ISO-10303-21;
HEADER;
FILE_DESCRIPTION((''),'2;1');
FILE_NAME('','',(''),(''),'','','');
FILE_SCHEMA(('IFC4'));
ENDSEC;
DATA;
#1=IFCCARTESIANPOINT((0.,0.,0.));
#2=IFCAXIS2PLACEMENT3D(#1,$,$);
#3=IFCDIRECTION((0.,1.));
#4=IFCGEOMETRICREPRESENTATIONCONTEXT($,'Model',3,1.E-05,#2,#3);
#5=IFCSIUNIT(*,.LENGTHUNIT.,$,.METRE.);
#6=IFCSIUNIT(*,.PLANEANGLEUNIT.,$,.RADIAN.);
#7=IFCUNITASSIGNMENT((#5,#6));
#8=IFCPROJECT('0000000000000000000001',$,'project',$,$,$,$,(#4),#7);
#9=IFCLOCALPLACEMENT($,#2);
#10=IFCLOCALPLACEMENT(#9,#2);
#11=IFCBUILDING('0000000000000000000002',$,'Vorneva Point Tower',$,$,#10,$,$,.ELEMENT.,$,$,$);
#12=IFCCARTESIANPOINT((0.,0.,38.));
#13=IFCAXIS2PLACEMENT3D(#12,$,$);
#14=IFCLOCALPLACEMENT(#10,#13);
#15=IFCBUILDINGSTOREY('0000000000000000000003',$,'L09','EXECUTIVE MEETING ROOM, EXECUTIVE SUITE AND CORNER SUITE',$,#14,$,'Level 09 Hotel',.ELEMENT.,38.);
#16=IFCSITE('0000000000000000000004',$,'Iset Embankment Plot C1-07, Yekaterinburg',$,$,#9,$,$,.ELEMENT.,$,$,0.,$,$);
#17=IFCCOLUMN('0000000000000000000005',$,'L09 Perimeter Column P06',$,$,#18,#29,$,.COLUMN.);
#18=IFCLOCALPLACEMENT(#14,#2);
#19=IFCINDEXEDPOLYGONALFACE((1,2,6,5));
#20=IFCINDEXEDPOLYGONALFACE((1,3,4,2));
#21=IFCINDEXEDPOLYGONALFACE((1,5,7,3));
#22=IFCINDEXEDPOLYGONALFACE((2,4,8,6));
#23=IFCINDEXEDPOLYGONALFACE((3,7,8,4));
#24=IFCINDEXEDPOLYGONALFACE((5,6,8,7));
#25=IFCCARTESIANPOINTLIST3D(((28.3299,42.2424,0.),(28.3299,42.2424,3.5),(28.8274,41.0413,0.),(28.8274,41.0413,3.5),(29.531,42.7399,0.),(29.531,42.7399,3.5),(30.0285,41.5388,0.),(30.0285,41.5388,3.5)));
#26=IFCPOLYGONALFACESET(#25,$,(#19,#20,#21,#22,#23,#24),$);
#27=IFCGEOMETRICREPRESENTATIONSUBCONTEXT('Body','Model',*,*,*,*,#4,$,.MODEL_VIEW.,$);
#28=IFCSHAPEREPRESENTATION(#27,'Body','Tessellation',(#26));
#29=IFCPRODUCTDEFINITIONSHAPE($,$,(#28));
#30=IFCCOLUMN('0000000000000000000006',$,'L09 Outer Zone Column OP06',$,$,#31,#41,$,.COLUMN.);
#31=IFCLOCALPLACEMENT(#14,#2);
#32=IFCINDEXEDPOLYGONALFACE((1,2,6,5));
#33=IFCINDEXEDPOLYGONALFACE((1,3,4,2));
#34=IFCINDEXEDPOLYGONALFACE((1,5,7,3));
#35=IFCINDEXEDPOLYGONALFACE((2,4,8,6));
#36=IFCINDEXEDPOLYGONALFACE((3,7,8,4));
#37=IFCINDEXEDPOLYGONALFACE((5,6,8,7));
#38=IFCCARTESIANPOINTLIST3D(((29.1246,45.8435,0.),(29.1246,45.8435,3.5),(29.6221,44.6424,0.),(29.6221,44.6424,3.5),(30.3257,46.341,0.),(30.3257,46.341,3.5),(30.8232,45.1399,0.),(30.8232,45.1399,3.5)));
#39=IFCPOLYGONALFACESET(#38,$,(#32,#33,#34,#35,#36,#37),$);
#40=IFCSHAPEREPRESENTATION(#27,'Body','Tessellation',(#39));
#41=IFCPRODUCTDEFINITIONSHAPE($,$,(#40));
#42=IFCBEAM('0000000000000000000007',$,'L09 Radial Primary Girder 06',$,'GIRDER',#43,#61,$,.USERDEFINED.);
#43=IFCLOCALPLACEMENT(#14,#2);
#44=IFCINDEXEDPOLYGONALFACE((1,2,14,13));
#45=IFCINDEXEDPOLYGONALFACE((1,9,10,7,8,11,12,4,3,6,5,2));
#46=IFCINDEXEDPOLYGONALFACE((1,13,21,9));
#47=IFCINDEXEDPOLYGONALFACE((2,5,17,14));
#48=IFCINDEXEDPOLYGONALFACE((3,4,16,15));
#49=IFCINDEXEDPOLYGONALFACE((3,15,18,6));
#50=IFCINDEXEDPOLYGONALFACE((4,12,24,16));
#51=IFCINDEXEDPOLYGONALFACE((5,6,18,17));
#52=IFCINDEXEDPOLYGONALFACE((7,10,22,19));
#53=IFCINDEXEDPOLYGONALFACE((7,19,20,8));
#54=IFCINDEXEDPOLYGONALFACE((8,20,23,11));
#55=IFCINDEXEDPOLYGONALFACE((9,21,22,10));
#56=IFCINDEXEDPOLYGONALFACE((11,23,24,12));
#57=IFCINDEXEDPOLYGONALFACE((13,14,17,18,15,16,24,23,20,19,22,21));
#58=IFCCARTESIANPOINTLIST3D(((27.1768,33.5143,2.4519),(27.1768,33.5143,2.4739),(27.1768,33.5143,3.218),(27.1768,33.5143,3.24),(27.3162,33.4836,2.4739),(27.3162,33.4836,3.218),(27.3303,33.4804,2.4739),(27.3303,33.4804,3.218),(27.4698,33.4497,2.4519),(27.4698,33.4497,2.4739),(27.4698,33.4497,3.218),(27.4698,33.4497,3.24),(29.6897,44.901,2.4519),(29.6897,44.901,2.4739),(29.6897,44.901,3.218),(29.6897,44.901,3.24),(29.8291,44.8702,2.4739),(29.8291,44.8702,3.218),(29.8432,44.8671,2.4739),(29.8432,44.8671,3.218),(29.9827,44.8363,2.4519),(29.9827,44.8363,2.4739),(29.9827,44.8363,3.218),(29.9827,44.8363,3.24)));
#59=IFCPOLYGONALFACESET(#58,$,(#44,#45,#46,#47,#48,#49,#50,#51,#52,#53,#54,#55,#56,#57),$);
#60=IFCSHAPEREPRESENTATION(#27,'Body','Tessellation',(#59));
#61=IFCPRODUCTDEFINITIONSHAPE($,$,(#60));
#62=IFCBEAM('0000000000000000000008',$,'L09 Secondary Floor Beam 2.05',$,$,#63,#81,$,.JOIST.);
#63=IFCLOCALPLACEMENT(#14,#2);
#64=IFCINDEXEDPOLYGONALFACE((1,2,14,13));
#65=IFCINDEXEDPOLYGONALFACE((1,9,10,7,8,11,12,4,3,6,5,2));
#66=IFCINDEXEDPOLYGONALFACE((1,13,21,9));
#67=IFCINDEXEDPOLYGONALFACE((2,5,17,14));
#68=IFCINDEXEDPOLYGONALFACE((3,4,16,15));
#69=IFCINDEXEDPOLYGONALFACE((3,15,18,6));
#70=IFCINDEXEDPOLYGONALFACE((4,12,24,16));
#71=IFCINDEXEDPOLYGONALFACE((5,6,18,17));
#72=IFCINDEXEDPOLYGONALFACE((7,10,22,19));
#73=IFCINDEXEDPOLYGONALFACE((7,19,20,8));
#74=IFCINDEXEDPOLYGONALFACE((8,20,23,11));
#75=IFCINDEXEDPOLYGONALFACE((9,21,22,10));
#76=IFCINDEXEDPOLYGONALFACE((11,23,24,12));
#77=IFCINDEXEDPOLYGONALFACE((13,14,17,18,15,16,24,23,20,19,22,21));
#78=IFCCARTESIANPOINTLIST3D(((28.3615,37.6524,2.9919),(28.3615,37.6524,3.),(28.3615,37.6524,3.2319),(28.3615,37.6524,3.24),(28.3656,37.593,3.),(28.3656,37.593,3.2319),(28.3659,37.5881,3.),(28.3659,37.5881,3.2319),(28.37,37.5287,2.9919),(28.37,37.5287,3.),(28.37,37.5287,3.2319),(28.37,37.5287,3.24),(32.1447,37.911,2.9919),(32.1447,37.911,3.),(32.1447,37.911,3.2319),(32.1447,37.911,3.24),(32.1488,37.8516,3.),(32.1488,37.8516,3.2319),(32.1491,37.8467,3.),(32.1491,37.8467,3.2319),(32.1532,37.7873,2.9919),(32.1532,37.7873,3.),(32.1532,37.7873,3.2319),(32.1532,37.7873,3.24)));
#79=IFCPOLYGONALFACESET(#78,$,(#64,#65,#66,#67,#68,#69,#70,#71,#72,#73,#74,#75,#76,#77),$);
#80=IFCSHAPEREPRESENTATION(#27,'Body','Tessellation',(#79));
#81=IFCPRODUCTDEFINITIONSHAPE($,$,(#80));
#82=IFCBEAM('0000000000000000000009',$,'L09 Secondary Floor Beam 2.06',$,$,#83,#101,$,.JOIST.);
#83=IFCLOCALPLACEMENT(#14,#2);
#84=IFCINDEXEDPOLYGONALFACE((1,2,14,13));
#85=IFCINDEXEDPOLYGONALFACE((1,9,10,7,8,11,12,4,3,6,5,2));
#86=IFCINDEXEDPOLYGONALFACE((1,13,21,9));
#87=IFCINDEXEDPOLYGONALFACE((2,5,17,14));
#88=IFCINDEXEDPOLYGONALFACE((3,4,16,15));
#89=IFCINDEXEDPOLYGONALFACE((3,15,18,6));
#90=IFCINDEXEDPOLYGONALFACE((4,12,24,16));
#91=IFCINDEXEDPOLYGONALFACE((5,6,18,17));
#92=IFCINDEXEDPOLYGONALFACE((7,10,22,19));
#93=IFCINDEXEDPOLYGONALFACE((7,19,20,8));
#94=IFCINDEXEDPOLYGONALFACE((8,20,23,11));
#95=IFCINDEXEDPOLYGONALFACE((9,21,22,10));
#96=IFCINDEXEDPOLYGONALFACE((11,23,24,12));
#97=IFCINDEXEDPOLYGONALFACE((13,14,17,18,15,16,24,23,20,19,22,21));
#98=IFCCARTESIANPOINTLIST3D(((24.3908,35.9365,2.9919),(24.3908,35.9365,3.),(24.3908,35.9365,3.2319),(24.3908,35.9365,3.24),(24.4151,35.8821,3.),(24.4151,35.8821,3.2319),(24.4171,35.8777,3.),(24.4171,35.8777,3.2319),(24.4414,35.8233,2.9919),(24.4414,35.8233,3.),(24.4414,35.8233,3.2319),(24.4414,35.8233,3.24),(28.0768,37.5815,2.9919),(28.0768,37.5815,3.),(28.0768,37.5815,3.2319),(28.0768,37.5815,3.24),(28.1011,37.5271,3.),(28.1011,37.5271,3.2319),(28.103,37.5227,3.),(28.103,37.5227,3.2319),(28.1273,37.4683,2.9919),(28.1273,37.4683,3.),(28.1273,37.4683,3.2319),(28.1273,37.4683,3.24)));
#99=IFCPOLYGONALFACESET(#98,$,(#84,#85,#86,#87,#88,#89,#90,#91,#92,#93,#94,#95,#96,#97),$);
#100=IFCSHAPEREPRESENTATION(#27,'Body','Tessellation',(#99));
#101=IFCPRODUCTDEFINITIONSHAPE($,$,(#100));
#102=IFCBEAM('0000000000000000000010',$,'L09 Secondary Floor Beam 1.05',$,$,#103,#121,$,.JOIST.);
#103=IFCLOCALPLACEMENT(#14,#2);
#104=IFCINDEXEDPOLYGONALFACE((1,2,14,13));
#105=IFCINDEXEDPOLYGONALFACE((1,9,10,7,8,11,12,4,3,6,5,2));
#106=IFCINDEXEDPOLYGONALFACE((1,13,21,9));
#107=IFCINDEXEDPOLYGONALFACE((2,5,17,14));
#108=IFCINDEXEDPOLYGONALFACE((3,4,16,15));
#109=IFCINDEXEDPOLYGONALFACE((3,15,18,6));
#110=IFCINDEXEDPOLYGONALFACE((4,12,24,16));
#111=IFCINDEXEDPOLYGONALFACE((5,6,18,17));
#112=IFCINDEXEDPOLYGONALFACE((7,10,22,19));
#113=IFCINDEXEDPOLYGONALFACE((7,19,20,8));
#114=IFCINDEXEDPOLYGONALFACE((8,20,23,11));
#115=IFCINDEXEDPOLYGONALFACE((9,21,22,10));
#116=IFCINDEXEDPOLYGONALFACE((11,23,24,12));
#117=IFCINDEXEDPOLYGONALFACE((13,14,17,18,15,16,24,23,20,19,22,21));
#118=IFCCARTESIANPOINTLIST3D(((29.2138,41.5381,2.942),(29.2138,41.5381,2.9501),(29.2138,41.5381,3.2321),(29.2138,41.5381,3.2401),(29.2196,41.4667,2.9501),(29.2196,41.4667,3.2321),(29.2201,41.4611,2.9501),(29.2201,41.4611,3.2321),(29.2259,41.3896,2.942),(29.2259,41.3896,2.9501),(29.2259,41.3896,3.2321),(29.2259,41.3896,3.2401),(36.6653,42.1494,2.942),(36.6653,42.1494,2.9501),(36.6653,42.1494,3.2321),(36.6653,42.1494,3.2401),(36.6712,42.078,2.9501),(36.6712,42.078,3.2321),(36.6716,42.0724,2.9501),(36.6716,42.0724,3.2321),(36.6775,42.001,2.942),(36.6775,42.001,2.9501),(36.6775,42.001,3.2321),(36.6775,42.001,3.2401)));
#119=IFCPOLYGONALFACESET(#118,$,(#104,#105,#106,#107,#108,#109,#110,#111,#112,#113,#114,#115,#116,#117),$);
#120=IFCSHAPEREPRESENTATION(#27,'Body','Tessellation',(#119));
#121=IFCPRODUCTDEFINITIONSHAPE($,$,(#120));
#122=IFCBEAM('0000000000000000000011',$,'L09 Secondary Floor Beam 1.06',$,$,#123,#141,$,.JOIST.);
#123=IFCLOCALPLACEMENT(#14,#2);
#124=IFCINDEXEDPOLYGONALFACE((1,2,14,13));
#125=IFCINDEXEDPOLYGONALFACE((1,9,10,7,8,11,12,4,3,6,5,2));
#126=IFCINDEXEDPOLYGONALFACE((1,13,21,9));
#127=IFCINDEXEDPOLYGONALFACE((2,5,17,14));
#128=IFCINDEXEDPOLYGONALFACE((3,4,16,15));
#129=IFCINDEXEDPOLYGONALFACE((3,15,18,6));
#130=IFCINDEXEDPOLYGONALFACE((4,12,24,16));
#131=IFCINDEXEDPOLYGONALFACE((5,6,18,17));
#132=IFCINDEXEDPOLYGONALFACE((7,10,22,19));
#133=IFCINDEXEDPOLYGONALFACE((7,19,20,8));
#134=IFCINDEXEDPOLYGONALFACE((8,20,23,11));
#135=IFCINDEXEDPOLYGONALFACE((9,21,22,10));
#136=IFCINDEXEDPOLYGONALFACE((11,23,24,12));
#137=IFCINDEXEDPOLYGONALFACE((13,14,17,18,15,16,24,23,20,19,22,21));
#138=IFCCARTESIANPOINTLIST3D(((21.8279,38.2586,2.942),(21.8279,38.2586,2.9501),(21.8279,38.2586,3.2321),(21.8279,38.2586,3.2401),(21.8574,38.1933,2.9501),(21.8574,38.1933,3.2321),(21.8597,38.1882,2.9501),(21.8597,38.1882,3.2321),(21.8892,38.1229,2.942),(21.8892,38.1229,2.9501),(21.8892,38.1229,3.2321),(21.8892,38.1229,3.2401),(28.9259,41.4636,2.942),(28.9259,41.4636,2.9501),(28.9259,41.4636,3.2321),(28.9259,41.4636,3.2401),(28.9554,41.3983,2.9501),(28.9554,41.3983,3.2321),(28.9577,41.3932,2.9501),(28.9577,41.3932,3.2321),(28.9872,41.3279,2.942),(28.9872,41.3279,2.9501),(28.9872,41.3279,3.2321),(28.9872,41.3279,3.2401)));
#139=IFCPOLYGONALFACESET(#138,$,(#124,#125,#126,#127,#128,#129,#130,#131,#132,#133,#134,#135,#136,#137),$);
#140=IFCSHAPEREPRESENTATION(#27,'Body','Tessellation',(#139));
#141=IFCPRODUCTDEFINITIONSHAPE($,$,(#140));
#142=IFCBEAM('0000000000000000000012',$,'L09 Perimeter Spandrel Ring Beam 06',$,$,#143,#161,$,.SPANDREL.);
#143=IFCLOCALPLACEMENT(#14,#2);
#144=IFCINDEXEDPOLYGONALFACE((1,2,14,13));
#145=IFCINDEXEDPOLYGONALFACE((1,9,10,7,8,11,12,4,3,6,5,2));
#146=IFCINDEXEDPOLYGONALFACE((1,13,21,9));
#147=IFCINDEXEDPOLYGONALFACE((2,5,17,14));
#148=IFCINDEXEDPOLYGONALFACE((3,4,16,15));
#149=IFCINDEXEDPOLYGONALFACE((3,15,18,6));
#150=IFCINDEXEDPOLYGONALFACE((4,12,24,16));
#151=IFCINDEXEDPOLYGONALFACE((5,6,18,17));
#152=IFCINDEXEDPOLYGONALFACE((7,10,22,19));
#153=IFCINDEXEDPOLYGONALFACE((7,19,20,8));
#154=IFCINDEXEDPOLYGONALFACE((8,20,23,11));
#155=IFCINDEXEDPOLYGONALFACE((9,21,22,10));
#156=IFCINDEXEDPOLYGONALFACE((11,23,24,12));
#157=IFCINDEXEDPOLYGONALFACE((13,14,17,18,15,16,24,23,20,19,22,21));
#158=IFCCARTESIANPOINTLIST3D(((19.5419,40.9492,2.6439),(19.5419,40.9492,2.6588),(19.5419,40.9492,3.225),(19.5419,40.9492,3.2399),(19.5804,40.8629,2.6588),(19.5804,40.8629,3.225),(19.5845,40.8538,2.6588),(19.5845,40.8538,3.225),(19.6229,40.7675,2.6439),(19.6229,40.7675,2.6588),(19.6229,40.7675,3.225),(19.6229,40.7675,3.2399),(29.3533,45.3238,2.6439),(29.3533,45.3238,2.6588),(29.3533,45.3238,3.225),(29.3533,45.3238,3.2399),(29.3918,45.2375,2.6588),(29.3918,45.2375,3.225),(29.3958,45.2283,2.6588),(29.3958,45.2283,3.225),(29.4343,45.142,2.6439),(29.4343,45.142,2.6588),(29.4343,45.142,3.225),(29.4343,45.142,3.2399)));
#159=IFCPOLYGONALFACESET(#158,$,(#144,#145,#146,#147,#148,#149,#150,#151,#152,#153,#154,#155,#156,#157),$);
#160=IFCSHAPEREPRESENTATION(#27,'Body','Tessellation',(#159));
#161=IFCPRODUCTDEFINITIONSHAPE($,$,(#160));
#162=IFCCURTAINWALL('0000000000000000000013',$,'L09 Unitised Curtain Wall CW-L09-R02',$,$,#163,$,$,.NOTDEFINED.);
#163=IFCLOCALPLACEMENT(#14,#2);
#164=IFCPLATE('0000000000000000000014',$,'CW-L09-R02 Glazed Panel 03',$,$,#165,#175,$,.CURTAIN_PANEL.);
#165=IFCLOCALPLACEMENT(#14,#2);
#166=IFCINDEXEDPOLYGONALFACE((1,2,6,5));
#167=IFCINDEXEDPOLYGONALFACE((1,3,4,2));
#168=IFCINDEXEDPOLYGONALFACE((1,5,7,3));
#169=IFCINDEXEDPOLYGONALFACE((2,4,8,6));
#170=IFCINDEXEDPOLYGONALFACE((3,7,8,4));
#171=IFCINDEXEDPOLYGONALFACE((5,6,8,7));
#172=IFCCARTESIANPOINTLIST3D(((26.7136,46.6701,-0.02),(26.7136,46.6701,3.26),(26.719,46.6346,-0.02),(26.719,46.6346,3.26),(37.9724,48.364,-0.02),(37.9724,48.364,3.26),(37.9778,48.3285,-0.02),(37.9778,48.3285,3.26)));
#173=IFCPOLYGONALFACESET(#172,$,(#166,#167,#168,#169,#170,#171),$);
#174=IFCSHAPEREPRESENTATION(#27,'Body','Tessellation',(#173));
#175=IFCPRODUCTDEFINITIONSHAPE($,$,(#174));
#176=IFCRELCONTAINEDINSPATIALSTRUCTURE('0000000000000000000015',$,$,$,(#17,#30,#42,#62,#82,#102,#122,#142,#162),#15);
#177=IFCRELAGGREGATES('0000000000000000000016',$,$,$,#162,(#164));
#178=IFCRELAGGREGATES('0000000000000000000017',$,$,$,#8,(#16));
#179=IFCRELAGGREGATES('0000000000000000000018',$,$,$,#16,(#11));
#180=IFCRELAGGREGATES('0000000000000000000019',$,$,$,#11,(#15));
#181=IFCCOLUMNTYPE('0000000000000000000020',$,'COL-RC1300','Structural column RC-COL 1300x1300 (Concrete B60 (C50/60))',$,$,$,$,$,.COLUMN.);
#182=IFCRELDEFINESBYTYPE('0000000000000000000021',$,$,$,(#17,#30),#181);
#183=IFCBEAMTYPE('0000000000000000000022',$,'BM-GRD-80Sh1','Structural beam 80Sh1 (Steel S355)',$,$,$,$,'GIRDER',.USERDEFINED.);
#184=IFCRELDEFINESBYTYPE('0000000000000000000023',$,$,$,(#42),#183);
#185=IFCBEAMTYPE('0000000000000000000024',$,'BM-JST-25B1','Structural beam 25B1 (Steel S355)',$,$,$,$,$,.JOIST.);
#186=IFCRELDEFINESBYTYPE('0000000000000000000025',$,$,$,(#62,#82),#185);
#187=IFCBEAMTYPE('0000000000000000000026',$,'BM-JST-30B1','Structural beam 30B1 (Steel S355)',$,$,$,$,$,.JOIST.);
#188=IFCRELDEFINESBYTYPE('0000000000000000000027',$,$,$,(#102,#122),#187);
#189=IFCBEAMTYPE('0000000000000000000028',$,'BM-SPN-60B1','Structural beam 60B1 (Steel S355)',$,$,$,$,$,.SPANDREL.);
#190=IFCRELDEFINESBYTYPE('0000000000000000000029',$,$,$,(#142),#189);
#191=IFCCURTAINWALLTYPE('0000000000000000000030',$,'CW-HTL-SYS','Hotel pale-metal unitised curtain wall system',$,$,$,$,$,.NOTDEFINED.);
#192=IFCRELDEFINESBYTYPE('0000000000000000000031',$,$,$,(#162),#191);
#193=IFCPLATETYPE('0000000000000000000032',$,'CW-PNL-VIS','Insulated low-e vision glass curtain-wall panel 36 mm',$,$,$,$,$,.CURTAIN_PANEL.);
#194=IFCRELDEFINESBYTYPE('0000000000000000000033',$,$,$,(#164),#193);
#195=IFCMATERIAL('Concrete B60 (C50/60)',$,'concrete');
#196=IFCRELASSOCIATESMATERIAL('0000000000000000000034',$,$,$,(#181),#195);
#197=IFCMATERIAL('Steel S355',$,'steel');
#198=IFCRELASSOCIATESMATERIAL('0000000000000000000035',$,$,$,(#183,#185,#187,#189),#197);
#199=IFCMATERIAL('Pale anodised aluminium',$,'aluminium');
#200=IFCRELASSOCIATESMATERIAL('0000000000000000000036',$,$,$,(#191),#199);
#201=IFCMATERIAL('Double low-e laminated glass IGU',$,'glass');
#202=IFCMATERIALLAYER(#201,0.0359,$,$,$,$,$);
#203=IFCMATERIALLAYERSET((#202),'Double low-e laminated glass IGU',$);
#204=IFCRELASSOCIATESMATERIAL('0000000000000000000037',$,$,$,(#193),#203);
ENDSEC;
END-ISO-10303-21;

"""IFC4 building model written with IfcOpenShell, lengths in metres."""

from ifc_helpers import new_model, si_unit, direction, frame, origin, origin_2d, place, context, subcontext, project, spatial, rectangle, i_section, extrude, material, layer, layer_set, material_profile, profile_set, type_object, element, aggregate, save


model = new_model("IFC4")

# Units and contexts
model_context = context("Model", 3, precision=1e-05, world=origin(), true_north=direction((0.0, 1.0)))
body_context = subcontext(model_context, "Body", "Model", "MODEL_VIEW")
ifc_project = project(units=[si_unit("LENGTHUNIT", "METRE"), si_unit("PLANEANGLEUNIT", "RADIAN")], contexts=[model_context])

# Site, building, storey
site_placement = place(None, origin())
site = spatial("IfcSite", under=ifc_project, at=site_placement, Name="Iset Embankment Plot C1-07, Yekaterinburg", CompositionType="ELEMENT", RefElevation=0.0)
building_placement = place(site_placement, origin())
building = spatial("IfcBuilding", under=site, at=building_placement, Name="Vorneva Point Tower", CompositionType="ELEMENT")
storey_placement = place(building_placement, frame((0.0, 0.0, 38.0)))
storey = spatial("IfcBuildingStorey", under=building, at=storey_placement, Name="L09", Description="EXECUTIVE MEETING ROOM, EXECUTIVE SUITE AND CORNER SUITE", LongName="Level 09 Hotel", CompositionType="ELEMENT", Elevation=38.0)

# Columns
ifc_material_1 = material(Name="Concrete B60 (C50/60)", Category="concrete")
ifc_material_profile_1 = material_profile(ifc_material_1, rectangle(XDim=1.3, YDim=1.3, at=origin_2d()), Name="RC-COL 1300x1300")
ifc_profile_set_1 = profile_set([ifc_material_profile_1], Name="Concrete B60 (C50/60)")
column_type = type_object("IfcColumnType", Name="COL-RC1300", Description="Structural column RC-COL 1300x1300 (Concrete B60 (C50/60))", PredefinedType="COLUMN", material=ifc_profile_set_1)
for number, where, z_axis, x_axis, name in (
    (1, (29.1792, 41.8906, 0.0), (0.0, 0.0, 1.0), (-0.382683, 0.92388, 0.0), "L09 Perimeter Column P06"),
    (2, (29.9739, 45.4917, 0.0), (0.0, 0.0, 1.0), (-0.382683, 0.92388, 0.0), "L09 Outer Zone Column OP06"),
):
    element("IfcColumn", number, at=place(storey_placement, frame(where, z_axis=z_axis, x_axis=x_axis)), inside=storey, type_object=column_type, Name=name, PredefinedType="COLUMN", context=body_context, shape_type="SweptSolid", body=[
        extrude(rectangle(XDim=1.3, YDim=1.3, at=origin_2d()), origin(), (0.0, 0.0, 1.0), 3.5),
    ])

# Beams
ifc_material_2 = material(Name="Steel S355", Category="steel")
ifc_material_profile_2 = material_profile(ifc_material_2, i_section(OverallWidth=0.3, OverallDepth=0.7881, WebThickness=0.0144, FlangeThickness=0.022, at=origin_2d()), Name="80Sh1")
ifc_profile_set_2 = profile_set([ifc_material_profile_2], Name="Steel S355")
beam_type_1 = type_object("IfcBeamType", Name="BM-GRD-80Sh1", Description="Structural beam 80Sh1 (Steel S355)", ElementType="GIRDER", PredefinedType="USERDEFINED", material=ifc_profile_set_2)
beam_1_placement = place(storey_placement, frame((29.8362, 44.8687, 2.8459), z_axis=(-0.215505, -0.976503, 0.0), x_axis=(0.976503, -0.215505, 0.0)))
element("IfcBeam", 3, at=beam_1_placement, inside=storey, type_object=beam_type_1, Name="L09 Radial Primary Girder 06", ObjectType="GIRDER", PredefinedType="USERDEFINED", context=body_context, shape_type="SweptSolid", body=[
    extrude(i_section(OverallWidth=0.3, OverallDepth=0.7881, WebThickness=0.0144, FlangeThickness=0.022, at=origin_2d()), origin(), (0.0, 0.0, 1.0), 11.6606),
])
ifc_material_profile_3 = material_profile(ifc_material_2, i_section(OverallWidth=0.124, OverallDepth=0.248, WebThickness=0.0049, FlangeThickness=0.0081, at=origin_2d()), Name="25B1")
ifc_profile_set_3 = profile_set([ifc_material_profile_3], Name="Steel S355")
beam_type_2 = type_object("IfcBeamType", Name="BM-JST-25B1", Description="Structural beam 25B1 (Steel S355)", PredefinedType="JOIST", material=ifc_profile_set_3)
beam_2_placement = place(storey_placement, frame((32.1489, 37.8491, 3.116), z_axis=(-0.997673, -0.068181, 0.0), x_axis=(0.068181, -0.997673, 0.0)))
element("IfcBeam", 4, at=beam_2_placement, inside=storey, type_object=beam_type_2, Name="L09 Secondary Floor Beam 2.05", PredefinedType="JOIST", context=body_context, shape_type="SweptSolid", body=[
    extrude(i_section(OverallWidth=0.124, OverallDepth=0.248, WebThickness=0.0049, FlangeThickness=0.0081, at=origin_2d()), origin(), (0.0, 0.0, 1.0), 3.792),
])
beam_3_placement = place(storey_placement, frame((28.1021, 37.5249, 3.116), z_axis=(-0.913187, -0.407541, 0.0), x_axis=(0.407541, -0.913187, 0.0)))
element("IfcBeam", 5, at=beam_3_placement, inside=storey, type_object=beam_type_2, Name="L09 Secondary Floor Beam 2.06", PredefinedType="JOIST", context=body_context, shape_type="SweptSolid", body=[
    extrude(i_section(OverallWidth=0.124, OverallDepth=0.248, WebThickness=0.0049, FlangeThickness=0.0081, at=origin_2d()), origin(), (0.0, 0.0, 1.0), 4.0364),
])
ifc_material_profile_4 = material_profile(ifc_material_2, i_section(OverallWidth=0.1489, OverallDepth=0.2981, WebThickness=0.0056, FlangeThickness=0.0081, at=origin_2d()), Name="30B1")
ifc_profile_set_4 = profile_set([ifc_material_profile_4], Name="Steel S355")
beam_type_3 = type_object("IfcBeamType", Name="BM-JST-30B1", Description="Structural beam 30B1 (Steel S355)", PredefinedType="JOIST", material=ifc_profile_set_4)
beam_4_placement = place(storey_placement, frame((36.6714, 42.0752, 3.0911), z_axis=(-0.996651, -0.081767, 0.0), x_axis=(0.081767, -0.996651, 0.0)))
element("IfcBeam", 6, at=beam_4_placement, inside=storey, type_object=beam_type_3, Name="L09 Secondary Floor Beam 1.05", PredefinedType="JOIST", context=body_context, shape_type="SweptSolid", body=[
    extrude(i_section(OverallWidth=0.1489, OverallDepth=0.2981, WebThickness=0.0056, FlangeThickness=0.0081, at=origin_2d()), origin(), (0.0, 0.0, 1.0), 7.4766),
])
beam_5_placement = place(storey_placement, frame((28.9565, 41.3958, 3.0911), z_axis=(-0.911396, -0.41153, 0.0), x_axis=(0.41153, -0.911396, 0.0)))
element("IfcBeam", 7, at=beam_5_placement, inside=storey, type_object=beam_type_3, Name="L09 Secondary Floor Beam 1.06", PredefinedType="JOIST", context=body_context, shape_type="SweptSolid", body=[
    extrude(i_section(OverallWidth=0.1489, OverallDepth=0.2981, WebThickness=0.0056, FlangeThickness=0.0081, at=origin_2d()), origin(), (0.0, 0.0, 1.0), 7.7881),
])
ifc_material_profile_5 = material_profile(ifc_material_2, i_section(OverallWidth=0.199, OverallDepth=0.5959, WebThickness=0.01, FlangeThickness=0.0149, at=origin_2d()), Name="60B1")
ifc_profile_set_5 = profile_set([ifc_material_profile_5], Name="Steel S355")
beam_type_4 = type_object("IfcBeamType", Name="BM-SPN-60B1", Description="Structural beam 60B1 (Steel S355)", PredefinedType="SPANDREL", material=ifc_profile_set_5)
beam_6_placement = place(storey_placement, frame((29.3938, 45.2329, 2.9419), z_axis=(-0.913329, -0.407222, 0.0), x_axis=(0.407222, -0.913329, 0.0)))
element("IfcBeam", 8, at=beam_6_placement, inside=storey, type_object=beam_type_4, Name="L09 Perimeter Spandrel Ring Beam 06", PredefinedType="SPANDREL", context=body_context, shape_type="SweptSolid", body=[
    extrude(i_section(OverallWidth=0.199, OverallDepth=0.5959, WebThickness=0.01, FlangeThickness=0.0149, at=origin_2d()), origin(), (0.0, 0.0, 1.0), 10.7424),
])

# Curtain wall, plate
ifc_material_3 = material(Name="Pale anodised aluminium", Category="aluminium")
curtain_wall_type = type_object("IfcCurtainWallType", Name="CW-HTL-SYS", Description="Hotel pale-metal unitised curtain wall system", PredefinedType="NOTDEFINED", material=ifc_material_3)
curtain_wall_placement = place(storey_placement, origin())
curtain_wall = element("IfcCurtainWall", 9, at=curtain_wall_placement, inside=storey, type_object=curtain_wall_type, Name="L09 Unitised Curtain Wall CW-L09-R02", PredefinedType="NOTDEFINED")
ifc_material_4 = material(Name="Double low-e laminated glass IGU", Category="glass")
ifc_layer_1 = layer(ifc_material_4, 0.0359)
ifc_layer_set_1 = layer_set([ifc_layer_1], Name="Double low-e laminated glass IGU")
plate_type = type_object("IfcPlateType", Name="CW-PNL-VIS", Description="Insulated low-e vision glass curtain-wall panel 36 mm", PredefinedType="CURTAIN_PANEL", material=ifc_layer_set_1)
plate_placement = place(storey_placement, frame((32.3457, 47.4993, -0.02), z_axis=(0.0, 0.0, 1.0), x_axis=(-0.988871, -0.148776, 0.0)))
plate = element("IfcPlate", 10, at=plate_placement, type_object=plate_type, Name="CW-L09-R02 Glazed Panel 03", PredefinedType="CURTAIN_PANEL", context=body_context, shape_type="SweptSolid", body=[
    extrude(rectangle(XDim=11.3855, YDim=0.0359, at=origin_2d()), origin(), (0.0, 0.0, 1.0), 3.28),
])
aggregate(curtain_wall, [plate])

save(model, "model.ifc")
